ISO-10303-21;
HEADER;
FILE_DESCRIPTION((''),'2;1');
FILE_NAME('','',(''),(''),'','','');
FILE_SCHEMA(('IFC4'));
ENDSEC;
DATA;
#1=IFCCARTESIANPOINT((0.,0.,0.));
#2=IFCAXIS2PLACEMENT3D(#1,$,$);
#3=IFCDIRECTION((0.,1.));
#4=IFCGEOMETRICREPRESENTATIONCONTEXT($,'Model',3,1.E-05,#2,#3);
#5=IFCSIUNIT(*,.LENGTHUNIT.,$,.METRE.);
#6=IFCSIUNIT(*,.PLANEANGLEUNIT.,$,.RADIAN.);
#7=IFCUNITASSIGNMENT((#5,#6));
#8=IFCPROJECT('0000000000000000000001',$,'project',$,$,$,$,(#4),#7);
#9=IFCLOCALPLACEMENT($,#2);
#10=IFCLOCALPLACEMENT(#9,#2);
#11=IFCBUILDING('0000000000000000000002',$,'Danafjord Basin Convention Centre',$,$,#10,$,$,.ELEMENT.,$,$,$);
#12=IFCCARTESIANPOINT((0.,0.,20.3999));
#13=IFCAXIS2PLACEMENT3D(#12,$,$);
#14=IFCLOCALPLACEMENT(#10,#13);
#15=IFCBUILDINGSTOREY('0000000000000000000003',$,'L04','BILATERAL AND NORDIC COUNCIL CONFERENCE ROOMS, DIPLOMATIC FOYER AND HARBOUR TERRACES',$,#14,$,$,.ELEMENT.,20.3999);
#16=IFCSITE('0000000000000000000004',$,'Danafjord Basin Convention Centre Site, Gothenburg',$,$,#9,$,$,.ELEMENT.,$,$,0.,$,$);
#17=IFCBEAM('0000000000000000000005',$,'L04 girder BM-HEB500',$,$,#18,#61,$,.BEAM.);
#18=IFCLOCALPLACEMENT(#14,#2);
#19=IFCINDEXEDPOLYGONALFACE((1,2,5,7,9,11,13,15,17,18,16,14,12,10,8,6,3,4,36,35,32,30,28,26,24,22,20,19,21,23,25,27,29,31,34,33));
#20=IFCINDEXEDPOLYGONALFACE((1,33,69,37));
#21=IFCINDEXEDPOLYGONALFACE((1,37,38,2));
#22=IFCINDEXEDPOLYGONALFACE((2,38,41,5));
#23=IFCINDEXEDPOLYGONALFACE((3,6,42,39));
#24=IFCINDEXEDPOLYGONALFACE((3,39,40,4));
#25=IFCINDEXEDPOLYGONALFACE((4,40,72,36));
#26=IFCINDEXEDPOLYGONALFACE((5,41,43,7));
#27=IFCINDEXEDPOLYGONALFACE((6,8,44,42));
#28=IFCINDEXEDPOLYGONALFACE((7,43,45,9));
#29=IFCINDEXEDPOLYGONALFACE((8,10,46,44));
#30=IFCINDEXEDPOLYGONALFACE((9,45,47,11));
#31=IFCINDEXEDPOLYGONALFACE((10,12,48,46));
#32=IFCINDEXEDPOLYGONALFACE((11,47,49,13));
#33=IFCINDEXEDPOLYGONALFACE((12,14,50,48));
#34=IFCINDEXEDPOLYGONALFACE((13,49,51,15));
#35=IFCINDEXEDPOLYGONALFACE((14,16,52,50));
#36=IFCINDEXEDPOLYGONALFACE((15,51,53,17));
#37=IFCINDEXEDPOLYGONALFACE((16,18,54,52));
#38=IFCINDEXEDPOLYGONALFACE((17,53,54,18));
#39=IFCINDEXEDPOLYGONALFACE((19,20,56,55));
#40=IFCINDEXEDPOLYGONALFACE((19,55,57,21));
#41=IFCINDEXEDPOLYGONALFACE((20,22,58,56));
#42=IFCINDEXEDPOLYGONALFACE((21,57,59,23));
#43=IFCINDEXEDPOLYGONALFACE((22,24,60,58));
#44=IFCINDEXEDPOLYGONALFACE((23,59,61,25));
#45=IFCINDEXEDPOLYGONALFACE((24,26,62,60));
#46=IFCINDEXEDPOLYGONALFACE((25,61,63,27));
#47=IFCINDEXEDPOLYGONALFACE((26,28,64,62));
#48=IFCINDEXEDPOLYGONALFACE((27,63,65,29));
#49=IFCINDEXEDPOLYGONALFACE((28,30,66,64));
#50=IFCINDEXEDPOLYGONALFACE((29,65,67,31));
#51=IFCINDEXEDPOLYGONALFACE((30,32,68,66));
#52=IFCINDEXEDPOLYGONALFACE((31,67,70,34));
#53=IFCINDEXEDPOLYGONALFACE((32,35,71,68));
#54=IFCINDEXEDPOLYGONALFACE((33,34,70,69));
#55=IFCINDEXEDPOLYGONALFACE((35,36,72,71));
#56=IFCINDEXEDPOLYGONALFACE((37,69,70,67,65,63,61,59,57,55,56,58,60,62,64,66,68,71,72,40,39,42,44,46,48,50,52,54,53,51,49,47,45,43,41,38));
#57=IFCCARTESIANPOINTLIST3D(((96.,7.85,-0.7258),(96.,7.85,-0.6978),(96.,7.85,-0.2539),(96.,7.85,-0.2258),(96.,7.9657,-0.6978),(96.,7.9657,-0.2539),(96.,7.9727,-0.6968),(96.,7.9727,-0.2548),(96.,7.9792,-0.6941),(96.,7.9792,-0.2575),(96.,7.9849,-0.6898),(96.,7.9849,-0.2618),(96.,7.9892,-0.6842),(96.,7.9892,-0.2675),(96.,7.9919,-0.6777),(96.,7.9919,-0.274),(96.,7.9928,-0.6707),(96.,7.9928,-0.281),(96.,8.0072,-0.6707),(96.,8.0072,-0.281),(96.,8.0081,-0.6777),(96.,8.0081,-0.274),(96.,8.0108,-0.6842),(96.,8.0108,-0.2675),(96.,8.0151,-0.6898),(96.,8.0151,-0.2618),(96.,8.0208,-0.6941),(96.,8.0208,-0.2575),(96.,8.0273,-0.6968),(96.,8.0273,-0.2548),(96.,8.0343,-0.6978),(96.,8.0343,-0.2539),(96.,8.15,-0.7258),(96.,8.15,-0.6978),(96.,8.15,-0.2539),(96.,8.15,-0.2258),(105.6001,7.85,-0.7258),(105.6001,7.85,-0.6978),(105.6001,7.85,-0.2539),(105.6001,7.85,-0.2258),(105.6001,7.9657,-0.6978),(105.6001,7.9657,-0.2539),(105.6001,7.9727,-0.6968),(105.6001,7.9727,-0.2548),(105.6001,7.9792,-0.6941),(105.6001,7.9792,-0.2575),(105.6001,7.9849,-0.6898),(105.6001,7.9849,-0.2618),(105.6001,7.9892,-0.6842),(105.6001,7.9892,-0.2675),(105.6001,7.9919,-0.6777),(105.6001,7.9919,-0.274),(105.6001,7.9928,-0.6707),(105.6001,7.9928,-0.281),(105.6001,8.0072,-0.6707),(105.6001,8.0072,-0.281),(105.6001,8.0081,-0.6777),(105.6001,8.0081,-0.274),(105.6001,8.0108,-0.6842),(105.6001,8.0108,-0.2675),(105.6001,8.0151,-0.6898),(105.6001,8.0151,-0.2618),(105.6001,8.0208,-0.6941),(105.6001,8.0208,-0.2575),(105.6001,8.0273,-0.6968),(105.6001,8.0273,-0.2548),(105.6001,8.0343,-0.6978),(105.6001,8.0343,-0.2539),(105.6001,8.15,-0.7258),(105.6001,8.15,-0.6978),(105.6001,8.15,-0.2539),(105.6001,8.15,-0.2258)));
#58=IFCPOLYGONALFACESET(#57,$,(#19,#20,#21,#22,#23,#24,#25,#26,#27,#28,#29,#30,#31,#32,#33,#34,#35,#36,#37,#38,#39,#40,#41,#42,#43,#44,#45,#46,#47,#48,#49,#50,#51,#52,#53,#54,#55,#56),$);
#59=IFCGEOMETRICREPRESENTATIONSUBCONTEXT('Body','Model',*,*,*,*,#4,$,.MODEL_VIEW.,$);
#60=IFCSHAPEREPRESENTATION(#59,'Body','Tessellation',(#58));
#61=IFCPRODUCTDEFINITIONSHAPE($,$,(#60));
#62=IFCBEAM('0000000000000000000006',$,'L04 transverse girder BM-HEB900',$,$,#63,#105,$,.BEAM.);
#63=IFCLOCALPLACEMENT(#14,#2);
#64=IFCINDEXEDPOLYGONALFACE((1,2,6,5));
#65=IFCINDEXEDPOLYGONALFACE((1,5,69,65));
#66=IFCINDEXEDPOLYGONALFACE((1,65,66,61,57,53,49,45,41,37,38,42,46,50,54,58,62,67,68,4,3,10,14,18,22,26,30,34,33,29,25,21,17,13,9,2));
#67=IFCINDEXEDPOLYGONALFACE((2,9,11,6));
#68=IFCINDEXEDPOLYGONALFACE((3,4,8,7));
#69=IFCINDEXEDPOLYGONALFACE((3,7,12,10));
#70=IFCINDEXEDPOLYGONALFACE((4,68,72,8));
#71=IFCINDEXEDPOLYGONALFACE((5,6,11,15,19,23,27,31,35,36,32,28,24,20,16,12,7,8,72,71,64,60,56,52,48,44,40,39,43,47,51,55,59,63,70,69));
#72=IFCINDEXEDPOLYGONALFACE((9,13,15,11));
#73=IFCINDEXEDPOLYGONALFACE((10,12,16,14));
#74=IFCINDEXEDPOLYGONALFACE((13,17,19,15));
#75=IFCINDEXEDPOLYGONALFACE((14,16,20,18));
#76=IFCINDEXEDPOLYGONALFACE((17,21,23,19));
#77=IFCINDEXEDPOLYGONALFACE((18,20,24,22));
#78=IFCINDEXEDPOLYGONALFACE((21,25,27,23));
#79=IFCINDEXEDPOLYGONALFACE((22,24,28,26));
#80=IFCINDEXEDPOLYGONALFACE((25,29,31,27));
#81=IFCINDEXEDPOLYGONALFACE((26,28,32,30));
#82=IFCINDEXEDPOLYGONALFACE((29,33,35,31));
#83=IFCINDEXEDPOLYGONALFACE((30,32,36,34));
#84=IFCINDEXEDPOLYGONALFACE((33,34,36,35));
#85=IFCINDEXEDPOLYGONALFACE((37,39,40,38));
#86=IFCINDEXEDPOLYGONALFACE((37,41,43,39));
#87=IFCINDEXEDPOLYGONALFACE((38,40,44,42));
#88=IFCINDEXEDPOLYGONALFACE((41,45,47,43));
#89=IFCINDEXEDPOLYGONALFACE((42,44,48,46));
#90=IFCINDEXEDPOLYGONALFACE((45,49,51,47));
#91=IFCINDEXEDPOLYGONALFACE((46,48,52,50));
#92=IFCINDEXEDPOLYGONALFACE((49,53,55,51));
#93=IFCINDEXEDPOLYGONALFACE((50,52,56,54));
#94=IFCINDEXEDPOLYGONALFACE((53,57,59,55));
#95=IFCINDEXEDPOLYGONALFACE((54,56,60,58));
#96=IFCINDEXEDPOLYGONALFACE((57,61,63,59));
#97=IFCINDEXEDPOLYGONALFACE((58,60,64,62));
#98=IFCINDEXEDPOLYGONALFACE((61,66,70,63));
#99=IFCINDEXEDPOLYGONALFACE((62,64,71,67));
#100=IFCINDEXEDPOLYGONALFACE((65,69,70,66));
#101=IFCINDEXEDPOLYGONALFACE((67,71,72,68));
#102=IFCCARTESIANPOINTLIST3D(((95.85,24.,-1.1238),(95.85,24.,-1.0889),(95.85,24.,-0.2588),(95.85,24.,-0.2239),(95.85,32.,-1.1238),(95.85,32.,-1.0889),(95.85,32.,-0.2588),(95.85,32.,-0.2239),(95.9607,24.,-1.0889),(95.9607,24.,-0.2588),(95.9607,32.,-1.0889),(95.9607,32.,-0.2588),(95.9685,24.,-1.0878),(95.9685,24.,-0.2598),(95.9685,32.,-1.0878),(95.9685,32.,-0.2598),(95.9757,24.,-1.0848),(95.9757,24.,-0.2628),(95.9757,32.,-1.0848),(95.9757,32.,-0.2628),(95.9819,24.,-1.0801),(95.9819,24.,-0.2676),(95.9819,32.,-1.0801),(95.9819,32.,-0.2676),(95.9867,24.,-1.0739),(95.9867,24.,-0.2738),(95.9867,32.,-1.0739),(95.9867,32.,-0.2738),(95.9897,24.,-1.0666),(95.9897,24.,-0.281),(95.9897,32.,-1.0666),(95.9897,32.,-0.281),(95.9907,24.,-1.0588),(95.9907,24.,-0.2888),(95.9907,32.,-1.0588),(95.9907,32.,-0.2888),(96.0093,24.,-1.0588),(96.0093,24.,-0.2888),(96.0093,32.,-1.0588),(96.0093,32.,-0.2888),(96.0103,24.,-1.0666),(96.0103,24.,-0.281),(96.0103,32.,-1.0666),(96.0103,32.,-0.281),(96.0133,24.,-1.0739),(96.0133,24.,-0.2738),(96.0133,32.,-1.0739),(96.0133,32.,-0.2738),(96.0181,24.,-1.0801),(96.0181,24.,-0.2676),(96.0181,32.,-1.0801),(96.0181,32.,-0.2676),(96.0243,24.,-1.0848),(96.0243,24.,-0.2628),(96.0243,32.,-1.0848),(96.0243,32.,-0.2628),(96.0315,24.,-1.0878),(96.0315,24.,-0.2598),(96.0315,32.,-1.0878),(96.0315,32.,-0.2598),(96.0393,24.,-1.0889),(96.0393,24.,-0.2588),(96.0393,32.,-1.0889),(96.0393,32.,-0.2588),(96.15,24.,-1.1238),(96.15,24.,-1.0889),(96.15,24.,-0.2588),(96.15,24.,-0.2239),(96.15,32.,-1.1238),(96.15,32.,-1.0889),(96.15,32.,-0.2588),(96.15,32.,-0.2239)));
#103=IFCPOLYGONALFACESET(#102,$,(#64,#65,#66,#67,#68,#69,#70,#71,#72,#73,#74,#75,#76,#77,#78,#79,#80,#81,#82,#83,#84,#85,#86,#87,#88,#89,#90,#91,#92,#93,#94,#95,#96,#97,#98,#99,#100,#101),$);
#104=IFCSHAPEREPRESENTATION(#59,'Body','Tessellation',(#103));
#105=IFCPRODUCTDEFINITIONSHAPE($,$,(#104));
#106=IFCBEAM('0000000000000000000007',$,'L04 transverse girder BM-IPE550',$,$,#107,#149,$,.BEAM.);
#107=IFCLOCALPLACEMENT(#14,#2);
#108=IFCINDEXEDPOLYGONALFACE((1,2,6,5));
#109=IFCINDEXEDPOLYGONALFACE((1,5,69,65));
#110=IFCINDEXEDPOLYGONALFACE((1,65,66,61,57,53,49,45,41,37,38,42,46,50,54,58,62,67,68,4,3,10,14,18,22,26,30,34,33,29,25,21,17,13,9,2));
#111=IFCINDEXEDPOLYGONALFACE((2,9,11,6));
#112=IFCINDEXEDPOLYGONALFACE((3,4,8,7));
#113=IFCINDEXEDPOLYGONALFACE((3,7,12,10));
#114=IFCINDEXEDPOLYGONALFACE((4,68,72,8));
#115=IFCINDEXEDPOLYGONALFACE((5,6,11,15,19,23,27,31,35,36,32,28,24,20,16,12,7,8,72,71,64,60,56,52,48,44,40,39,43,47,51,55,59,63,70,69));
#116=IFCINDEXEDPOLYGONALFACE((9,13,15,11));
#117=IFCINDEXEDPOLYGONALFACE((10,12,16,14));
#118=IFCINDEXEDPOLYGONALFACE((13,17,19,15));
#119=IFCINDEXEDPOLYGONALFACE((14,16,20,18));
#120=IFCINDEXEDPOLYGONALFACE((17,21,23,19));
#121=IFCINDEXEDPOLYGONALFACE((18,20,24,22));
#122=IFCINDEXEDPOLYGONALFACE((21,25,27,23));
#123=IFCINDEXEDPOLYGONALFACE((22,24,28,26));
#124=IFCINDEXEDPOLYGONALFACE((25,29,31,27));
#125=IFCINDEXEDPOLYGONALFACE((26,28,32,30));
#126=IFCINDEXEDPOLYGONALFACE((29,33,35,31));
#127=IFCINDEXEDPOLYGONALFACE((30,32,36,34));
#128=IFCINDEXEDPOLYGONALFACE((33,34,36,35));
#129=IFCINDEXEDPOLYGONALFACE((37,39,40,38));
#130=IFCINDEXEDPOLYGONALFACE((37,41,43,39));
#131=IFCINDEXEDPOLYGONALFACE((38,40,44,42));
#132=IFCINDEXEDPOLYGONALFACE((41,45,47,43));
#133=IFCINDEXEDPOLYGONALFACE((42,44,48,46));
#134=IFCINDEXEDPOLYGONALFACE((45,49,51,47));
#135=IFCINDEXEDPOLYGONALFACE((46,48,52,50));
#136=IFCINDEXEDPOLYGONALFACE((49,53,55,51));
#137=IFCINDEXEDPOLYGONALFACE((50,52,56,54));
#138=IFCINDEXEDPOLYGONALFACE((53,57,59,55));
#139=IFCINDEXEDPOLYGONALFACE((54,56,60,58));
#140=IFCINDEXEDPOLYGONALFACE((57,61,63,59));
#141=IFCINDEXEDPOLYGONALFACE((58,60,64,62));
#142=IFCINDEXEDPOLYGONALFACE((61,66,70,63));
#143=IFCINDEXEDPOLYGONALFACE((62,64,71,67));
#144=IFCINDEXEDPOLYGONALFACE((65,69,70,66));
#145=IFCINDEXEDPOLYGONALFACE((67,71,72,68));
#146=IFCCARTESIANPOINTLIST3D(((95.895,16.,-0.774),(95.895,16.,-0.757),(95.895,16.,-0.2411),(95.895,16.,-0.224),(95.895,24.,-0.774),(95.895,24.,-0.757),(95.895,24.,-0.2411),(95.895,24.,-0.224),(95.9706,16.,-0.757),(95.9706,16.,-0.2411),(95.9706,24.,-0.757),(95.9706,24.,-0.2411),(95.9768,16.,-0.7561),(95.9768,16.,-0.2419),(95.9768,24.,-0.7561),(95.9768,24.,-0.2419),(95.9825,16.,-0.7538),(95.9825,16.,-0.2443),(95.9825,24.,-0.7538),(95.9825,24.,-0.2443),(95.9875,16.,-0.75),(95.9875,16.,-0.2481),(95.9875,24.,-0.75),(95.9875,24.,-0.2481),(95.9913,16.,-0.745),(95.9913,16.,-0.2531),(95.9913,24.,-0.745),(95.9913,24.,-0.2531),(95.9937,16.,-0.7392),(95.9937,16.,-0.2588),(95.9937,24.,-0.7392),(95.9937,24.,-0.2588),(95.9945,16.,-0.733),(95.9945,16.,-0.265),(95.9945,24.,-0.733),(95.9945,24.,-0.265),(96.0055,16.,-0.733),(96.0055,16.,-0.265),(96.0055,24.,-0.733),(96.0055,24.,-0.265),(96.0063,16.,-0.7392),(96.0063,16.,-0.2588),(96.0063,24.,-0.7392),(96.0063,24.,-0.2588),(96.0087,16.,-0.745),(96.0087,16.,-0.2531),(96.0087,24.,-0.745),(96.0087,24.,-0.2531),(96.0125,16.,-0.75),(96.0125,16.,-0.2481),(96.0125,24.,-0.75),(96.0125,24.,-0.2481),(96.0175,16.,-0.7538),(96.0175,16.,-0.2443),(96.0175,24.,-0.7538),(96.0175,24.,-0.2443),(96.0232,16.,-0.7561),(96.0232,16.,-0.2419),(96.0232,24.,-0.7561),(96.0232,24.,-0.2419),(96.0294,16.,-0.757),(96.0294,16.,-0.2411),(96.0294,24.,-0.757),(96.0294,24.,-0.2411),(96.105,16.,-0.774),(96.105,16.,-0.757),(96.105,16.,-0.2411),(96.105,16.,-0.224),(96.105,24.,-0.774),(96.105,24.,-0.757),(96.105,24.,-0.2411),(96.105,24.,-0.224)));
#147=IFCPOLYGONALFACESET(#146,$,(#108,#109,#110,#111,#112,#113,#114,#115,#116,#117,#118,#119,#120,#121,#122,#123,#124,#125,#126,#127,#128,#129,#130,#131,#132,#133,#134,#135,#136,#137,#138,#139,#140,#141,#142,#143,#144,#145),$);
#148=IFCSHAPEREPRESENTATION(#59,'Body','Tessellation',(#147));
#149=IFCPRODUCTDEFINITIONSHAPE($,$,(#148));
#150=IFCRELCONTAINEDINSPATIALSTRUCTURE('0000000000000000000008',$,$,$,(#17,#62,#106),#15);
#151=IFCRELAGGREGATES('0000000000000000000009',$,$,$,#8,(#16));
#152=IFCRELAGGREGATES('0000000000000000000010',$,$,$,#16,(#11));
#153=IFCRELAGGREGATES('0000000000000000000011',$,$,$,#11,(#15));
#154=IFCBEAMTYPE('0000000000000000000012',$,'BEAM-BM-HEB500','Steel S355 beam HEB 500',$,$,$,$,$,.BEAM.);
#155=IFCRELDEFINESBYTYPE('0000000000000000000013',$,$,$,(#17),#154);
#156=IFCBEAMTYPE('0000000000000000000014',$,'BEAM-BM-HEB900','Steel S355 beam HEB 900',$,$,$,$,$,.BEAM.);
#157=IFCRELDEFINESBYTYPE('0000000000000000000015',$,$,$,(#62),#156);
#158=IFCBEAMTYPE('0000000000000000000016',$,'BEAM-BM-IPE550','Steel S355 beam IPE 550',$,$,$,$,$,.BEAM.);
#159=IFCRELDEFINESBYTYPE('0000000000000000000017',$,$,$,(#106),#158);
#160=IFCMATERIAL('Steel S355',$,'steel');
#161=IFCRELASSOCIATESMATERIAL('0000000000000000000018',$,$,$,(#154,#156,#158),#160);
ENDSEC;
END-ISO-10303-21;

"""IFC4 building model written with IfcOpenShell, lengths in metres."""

from ifc_helpers import new_model, si_unit, direction, frame, origin, origin_2d, place, context, subcontext, project, spatial, i_section, extrude, material, material_profile, profile_set, type_object, element, save


model = new_model("IFC4")

# Units and contexts
model_context = context("Model", 3, precision=1e-05, world=origin(), true_north=direction((0.0, 1.0)))
body_context = subcontext(model_context, "Body", "Model", "MODEL_VIEW")
ifc_project = project(units=[si_unit("LENGTHUNIT", "METRE"), si_unit("PLANEANGLEUNIT", "RADIAN")], contexts=[model_context])

# Site, building, storey
site_placement = place(None, origin())
site = spatial("IfcSite", under=ifc_project, at=site_placement, Name="Danafjord Basin Convention Centre Site, Gothenburg", CompositionType="ELEMENT", RefElevation=0.0)
building_placement = place(site_placement, origin())
building = spatial("IfcBuilding", under=site, at=building_placement, Name="Danafjord Basin Convention Centre", CompositionType="ELEMENT")
storey_placement = place(building_placement, frame((0.0, 0.0, 20.3999)))
storey = spatial("IfcBuildingStorey", under=building, at=storey_placement, Name="L04", Description="BILATERAL AND NORDIC COUNCIL CONFERENCE ROOMS, DIPLOMATIC FOYER AND HARBOUR TERRACES", CompositionType="ELEMENT", Elevation=20.3999)

# Shared definitions
ifc_material_1 = material(Name="Steel S355", Category="steel")

# Beams
ifc_material_profile_1 = material_profile(ifc_material_1, i_section(OverallWidth=0.3, OverallDepth=0.5, WebThickness=0.0144, FlangeThickness=0.0281, FilletRadius=0.0271, at=origin_2d()), Name="HEB 500")
ifc_profile_set_1 = profile_set([ifc_material_profile_1], Name="Steel S355")
beam_type_1 = type_object("IfcBeamType", Name="BEAM-BM-HEB500", Description="Steel S355 beam HEB 500", PredefinedType="BEAM", material=ifc_profile_set_1)
beam_1_placement = place(storey_placement, frame((96.0, 8.0, -0.4758), z_axis=(1.0, 0.0, 0.0), x_axis=(0.0, 1.0, 0.0)))
element("IfcBeam", 1, at=beam_1_placement, inside=storey, type_object=beam_type_1, Name="L04 girder BM-HEB500", PredefinedType="BEAM", context=body_context, shape_type="SweptSolid", body=[
    extrude(i_section(OverallWidth=0.3, OverallDepth=0.5, WebThickness=0.0144, FlangeThickness=0.0281, FilletRadius=0.0271, at=origin_2d()), origin(), (0.0, 0.0, 1.0), 9.6001),
])
ifc_material_profile_2 = material_profile(ifc_material_1, i_section(OverallWidth=0.3, OverallDepth=0.8999, WebThickness=0.0186, FlangeThickness=0.0349, FilletRadius=0.03, at=origin_2d()), Name="HEB 900")
ifc_profile_set_2 = profile_set([ifc_material_profile_2], Name="Steel S355")
beam_type_2 = type_object("IfcBeamType", Name="BEAM-BM-HEB900", Description="Steel S355 beam HEB 900", PredefinedType="BEAM", material=ifc_profile_set_2)
beam_2_placement = place(storey_placement, frame((96.0, 24.0, -0.6738), z_axis=(0.0, 1.0, 0.0), x_axis=(-1.0, 0.0, 0.0)))
element("IfcBeam", 2, at=beam_2_placement, inside=storey, type_object=beam_type_2, Name="L04 transverse girder BM-HEB900", PredefinedType="BEAM", context=body_context, shape_type="SweptSolid", body=[
    extrude(i_section(OverallWidth=0.3, OverallDepth=0.8999, WebThickness=0.0186, FlangeThickness=0.0349, FilletRadius=0.03, at=origin_2d()), origin(), (0.0, 0.0, 1.0), 8.0),
])
ifc_material_profile_3 = material_profile(ifc_material_1, i_section(OverallWidth=0.21, OverallDepth=0.55, WebThickness=0.011, FlangeThickness=0.0171, FilletRadius=0.0239, at=origin_2d()), Name="IPE 550")
ifc_profile_set_3 = profile_set([ifc_material_profile_3], Name="Steel S355")
beam_type_3 = type_object("IfcBeamType", Name="BEAM-BM-IPE550", Description="Steel S355 beam IPE 550", PredefinedType="BEAM", material=ifc_profile_set_3)
beam_3_placement = place(storey_placement, frame((96.0, 16.0, -0.499), z_axis=(0.0, 1.0, 0.0), x_axis=(-1.0, 0.0, 0.0)))
element("IfcBeam", 3, at=beam_3_placement, inside=storey, type_object=beam_type_3, Name="L04 transverse girder BM-IPE550", PredefinedType="BEAM", context=body_context, shape_type="SweptSolid", body=[
    extrude(i_section(OverallWidth=0.21, OverallDepth=0.55, WebThickness=0.011, FlangeThickness=0.0171, FilletRadius=0.0239, at=origin_2d()), origin(), (0.0, 0.0, 1.0), 8.0),
])

save(model, "model.ifc")
